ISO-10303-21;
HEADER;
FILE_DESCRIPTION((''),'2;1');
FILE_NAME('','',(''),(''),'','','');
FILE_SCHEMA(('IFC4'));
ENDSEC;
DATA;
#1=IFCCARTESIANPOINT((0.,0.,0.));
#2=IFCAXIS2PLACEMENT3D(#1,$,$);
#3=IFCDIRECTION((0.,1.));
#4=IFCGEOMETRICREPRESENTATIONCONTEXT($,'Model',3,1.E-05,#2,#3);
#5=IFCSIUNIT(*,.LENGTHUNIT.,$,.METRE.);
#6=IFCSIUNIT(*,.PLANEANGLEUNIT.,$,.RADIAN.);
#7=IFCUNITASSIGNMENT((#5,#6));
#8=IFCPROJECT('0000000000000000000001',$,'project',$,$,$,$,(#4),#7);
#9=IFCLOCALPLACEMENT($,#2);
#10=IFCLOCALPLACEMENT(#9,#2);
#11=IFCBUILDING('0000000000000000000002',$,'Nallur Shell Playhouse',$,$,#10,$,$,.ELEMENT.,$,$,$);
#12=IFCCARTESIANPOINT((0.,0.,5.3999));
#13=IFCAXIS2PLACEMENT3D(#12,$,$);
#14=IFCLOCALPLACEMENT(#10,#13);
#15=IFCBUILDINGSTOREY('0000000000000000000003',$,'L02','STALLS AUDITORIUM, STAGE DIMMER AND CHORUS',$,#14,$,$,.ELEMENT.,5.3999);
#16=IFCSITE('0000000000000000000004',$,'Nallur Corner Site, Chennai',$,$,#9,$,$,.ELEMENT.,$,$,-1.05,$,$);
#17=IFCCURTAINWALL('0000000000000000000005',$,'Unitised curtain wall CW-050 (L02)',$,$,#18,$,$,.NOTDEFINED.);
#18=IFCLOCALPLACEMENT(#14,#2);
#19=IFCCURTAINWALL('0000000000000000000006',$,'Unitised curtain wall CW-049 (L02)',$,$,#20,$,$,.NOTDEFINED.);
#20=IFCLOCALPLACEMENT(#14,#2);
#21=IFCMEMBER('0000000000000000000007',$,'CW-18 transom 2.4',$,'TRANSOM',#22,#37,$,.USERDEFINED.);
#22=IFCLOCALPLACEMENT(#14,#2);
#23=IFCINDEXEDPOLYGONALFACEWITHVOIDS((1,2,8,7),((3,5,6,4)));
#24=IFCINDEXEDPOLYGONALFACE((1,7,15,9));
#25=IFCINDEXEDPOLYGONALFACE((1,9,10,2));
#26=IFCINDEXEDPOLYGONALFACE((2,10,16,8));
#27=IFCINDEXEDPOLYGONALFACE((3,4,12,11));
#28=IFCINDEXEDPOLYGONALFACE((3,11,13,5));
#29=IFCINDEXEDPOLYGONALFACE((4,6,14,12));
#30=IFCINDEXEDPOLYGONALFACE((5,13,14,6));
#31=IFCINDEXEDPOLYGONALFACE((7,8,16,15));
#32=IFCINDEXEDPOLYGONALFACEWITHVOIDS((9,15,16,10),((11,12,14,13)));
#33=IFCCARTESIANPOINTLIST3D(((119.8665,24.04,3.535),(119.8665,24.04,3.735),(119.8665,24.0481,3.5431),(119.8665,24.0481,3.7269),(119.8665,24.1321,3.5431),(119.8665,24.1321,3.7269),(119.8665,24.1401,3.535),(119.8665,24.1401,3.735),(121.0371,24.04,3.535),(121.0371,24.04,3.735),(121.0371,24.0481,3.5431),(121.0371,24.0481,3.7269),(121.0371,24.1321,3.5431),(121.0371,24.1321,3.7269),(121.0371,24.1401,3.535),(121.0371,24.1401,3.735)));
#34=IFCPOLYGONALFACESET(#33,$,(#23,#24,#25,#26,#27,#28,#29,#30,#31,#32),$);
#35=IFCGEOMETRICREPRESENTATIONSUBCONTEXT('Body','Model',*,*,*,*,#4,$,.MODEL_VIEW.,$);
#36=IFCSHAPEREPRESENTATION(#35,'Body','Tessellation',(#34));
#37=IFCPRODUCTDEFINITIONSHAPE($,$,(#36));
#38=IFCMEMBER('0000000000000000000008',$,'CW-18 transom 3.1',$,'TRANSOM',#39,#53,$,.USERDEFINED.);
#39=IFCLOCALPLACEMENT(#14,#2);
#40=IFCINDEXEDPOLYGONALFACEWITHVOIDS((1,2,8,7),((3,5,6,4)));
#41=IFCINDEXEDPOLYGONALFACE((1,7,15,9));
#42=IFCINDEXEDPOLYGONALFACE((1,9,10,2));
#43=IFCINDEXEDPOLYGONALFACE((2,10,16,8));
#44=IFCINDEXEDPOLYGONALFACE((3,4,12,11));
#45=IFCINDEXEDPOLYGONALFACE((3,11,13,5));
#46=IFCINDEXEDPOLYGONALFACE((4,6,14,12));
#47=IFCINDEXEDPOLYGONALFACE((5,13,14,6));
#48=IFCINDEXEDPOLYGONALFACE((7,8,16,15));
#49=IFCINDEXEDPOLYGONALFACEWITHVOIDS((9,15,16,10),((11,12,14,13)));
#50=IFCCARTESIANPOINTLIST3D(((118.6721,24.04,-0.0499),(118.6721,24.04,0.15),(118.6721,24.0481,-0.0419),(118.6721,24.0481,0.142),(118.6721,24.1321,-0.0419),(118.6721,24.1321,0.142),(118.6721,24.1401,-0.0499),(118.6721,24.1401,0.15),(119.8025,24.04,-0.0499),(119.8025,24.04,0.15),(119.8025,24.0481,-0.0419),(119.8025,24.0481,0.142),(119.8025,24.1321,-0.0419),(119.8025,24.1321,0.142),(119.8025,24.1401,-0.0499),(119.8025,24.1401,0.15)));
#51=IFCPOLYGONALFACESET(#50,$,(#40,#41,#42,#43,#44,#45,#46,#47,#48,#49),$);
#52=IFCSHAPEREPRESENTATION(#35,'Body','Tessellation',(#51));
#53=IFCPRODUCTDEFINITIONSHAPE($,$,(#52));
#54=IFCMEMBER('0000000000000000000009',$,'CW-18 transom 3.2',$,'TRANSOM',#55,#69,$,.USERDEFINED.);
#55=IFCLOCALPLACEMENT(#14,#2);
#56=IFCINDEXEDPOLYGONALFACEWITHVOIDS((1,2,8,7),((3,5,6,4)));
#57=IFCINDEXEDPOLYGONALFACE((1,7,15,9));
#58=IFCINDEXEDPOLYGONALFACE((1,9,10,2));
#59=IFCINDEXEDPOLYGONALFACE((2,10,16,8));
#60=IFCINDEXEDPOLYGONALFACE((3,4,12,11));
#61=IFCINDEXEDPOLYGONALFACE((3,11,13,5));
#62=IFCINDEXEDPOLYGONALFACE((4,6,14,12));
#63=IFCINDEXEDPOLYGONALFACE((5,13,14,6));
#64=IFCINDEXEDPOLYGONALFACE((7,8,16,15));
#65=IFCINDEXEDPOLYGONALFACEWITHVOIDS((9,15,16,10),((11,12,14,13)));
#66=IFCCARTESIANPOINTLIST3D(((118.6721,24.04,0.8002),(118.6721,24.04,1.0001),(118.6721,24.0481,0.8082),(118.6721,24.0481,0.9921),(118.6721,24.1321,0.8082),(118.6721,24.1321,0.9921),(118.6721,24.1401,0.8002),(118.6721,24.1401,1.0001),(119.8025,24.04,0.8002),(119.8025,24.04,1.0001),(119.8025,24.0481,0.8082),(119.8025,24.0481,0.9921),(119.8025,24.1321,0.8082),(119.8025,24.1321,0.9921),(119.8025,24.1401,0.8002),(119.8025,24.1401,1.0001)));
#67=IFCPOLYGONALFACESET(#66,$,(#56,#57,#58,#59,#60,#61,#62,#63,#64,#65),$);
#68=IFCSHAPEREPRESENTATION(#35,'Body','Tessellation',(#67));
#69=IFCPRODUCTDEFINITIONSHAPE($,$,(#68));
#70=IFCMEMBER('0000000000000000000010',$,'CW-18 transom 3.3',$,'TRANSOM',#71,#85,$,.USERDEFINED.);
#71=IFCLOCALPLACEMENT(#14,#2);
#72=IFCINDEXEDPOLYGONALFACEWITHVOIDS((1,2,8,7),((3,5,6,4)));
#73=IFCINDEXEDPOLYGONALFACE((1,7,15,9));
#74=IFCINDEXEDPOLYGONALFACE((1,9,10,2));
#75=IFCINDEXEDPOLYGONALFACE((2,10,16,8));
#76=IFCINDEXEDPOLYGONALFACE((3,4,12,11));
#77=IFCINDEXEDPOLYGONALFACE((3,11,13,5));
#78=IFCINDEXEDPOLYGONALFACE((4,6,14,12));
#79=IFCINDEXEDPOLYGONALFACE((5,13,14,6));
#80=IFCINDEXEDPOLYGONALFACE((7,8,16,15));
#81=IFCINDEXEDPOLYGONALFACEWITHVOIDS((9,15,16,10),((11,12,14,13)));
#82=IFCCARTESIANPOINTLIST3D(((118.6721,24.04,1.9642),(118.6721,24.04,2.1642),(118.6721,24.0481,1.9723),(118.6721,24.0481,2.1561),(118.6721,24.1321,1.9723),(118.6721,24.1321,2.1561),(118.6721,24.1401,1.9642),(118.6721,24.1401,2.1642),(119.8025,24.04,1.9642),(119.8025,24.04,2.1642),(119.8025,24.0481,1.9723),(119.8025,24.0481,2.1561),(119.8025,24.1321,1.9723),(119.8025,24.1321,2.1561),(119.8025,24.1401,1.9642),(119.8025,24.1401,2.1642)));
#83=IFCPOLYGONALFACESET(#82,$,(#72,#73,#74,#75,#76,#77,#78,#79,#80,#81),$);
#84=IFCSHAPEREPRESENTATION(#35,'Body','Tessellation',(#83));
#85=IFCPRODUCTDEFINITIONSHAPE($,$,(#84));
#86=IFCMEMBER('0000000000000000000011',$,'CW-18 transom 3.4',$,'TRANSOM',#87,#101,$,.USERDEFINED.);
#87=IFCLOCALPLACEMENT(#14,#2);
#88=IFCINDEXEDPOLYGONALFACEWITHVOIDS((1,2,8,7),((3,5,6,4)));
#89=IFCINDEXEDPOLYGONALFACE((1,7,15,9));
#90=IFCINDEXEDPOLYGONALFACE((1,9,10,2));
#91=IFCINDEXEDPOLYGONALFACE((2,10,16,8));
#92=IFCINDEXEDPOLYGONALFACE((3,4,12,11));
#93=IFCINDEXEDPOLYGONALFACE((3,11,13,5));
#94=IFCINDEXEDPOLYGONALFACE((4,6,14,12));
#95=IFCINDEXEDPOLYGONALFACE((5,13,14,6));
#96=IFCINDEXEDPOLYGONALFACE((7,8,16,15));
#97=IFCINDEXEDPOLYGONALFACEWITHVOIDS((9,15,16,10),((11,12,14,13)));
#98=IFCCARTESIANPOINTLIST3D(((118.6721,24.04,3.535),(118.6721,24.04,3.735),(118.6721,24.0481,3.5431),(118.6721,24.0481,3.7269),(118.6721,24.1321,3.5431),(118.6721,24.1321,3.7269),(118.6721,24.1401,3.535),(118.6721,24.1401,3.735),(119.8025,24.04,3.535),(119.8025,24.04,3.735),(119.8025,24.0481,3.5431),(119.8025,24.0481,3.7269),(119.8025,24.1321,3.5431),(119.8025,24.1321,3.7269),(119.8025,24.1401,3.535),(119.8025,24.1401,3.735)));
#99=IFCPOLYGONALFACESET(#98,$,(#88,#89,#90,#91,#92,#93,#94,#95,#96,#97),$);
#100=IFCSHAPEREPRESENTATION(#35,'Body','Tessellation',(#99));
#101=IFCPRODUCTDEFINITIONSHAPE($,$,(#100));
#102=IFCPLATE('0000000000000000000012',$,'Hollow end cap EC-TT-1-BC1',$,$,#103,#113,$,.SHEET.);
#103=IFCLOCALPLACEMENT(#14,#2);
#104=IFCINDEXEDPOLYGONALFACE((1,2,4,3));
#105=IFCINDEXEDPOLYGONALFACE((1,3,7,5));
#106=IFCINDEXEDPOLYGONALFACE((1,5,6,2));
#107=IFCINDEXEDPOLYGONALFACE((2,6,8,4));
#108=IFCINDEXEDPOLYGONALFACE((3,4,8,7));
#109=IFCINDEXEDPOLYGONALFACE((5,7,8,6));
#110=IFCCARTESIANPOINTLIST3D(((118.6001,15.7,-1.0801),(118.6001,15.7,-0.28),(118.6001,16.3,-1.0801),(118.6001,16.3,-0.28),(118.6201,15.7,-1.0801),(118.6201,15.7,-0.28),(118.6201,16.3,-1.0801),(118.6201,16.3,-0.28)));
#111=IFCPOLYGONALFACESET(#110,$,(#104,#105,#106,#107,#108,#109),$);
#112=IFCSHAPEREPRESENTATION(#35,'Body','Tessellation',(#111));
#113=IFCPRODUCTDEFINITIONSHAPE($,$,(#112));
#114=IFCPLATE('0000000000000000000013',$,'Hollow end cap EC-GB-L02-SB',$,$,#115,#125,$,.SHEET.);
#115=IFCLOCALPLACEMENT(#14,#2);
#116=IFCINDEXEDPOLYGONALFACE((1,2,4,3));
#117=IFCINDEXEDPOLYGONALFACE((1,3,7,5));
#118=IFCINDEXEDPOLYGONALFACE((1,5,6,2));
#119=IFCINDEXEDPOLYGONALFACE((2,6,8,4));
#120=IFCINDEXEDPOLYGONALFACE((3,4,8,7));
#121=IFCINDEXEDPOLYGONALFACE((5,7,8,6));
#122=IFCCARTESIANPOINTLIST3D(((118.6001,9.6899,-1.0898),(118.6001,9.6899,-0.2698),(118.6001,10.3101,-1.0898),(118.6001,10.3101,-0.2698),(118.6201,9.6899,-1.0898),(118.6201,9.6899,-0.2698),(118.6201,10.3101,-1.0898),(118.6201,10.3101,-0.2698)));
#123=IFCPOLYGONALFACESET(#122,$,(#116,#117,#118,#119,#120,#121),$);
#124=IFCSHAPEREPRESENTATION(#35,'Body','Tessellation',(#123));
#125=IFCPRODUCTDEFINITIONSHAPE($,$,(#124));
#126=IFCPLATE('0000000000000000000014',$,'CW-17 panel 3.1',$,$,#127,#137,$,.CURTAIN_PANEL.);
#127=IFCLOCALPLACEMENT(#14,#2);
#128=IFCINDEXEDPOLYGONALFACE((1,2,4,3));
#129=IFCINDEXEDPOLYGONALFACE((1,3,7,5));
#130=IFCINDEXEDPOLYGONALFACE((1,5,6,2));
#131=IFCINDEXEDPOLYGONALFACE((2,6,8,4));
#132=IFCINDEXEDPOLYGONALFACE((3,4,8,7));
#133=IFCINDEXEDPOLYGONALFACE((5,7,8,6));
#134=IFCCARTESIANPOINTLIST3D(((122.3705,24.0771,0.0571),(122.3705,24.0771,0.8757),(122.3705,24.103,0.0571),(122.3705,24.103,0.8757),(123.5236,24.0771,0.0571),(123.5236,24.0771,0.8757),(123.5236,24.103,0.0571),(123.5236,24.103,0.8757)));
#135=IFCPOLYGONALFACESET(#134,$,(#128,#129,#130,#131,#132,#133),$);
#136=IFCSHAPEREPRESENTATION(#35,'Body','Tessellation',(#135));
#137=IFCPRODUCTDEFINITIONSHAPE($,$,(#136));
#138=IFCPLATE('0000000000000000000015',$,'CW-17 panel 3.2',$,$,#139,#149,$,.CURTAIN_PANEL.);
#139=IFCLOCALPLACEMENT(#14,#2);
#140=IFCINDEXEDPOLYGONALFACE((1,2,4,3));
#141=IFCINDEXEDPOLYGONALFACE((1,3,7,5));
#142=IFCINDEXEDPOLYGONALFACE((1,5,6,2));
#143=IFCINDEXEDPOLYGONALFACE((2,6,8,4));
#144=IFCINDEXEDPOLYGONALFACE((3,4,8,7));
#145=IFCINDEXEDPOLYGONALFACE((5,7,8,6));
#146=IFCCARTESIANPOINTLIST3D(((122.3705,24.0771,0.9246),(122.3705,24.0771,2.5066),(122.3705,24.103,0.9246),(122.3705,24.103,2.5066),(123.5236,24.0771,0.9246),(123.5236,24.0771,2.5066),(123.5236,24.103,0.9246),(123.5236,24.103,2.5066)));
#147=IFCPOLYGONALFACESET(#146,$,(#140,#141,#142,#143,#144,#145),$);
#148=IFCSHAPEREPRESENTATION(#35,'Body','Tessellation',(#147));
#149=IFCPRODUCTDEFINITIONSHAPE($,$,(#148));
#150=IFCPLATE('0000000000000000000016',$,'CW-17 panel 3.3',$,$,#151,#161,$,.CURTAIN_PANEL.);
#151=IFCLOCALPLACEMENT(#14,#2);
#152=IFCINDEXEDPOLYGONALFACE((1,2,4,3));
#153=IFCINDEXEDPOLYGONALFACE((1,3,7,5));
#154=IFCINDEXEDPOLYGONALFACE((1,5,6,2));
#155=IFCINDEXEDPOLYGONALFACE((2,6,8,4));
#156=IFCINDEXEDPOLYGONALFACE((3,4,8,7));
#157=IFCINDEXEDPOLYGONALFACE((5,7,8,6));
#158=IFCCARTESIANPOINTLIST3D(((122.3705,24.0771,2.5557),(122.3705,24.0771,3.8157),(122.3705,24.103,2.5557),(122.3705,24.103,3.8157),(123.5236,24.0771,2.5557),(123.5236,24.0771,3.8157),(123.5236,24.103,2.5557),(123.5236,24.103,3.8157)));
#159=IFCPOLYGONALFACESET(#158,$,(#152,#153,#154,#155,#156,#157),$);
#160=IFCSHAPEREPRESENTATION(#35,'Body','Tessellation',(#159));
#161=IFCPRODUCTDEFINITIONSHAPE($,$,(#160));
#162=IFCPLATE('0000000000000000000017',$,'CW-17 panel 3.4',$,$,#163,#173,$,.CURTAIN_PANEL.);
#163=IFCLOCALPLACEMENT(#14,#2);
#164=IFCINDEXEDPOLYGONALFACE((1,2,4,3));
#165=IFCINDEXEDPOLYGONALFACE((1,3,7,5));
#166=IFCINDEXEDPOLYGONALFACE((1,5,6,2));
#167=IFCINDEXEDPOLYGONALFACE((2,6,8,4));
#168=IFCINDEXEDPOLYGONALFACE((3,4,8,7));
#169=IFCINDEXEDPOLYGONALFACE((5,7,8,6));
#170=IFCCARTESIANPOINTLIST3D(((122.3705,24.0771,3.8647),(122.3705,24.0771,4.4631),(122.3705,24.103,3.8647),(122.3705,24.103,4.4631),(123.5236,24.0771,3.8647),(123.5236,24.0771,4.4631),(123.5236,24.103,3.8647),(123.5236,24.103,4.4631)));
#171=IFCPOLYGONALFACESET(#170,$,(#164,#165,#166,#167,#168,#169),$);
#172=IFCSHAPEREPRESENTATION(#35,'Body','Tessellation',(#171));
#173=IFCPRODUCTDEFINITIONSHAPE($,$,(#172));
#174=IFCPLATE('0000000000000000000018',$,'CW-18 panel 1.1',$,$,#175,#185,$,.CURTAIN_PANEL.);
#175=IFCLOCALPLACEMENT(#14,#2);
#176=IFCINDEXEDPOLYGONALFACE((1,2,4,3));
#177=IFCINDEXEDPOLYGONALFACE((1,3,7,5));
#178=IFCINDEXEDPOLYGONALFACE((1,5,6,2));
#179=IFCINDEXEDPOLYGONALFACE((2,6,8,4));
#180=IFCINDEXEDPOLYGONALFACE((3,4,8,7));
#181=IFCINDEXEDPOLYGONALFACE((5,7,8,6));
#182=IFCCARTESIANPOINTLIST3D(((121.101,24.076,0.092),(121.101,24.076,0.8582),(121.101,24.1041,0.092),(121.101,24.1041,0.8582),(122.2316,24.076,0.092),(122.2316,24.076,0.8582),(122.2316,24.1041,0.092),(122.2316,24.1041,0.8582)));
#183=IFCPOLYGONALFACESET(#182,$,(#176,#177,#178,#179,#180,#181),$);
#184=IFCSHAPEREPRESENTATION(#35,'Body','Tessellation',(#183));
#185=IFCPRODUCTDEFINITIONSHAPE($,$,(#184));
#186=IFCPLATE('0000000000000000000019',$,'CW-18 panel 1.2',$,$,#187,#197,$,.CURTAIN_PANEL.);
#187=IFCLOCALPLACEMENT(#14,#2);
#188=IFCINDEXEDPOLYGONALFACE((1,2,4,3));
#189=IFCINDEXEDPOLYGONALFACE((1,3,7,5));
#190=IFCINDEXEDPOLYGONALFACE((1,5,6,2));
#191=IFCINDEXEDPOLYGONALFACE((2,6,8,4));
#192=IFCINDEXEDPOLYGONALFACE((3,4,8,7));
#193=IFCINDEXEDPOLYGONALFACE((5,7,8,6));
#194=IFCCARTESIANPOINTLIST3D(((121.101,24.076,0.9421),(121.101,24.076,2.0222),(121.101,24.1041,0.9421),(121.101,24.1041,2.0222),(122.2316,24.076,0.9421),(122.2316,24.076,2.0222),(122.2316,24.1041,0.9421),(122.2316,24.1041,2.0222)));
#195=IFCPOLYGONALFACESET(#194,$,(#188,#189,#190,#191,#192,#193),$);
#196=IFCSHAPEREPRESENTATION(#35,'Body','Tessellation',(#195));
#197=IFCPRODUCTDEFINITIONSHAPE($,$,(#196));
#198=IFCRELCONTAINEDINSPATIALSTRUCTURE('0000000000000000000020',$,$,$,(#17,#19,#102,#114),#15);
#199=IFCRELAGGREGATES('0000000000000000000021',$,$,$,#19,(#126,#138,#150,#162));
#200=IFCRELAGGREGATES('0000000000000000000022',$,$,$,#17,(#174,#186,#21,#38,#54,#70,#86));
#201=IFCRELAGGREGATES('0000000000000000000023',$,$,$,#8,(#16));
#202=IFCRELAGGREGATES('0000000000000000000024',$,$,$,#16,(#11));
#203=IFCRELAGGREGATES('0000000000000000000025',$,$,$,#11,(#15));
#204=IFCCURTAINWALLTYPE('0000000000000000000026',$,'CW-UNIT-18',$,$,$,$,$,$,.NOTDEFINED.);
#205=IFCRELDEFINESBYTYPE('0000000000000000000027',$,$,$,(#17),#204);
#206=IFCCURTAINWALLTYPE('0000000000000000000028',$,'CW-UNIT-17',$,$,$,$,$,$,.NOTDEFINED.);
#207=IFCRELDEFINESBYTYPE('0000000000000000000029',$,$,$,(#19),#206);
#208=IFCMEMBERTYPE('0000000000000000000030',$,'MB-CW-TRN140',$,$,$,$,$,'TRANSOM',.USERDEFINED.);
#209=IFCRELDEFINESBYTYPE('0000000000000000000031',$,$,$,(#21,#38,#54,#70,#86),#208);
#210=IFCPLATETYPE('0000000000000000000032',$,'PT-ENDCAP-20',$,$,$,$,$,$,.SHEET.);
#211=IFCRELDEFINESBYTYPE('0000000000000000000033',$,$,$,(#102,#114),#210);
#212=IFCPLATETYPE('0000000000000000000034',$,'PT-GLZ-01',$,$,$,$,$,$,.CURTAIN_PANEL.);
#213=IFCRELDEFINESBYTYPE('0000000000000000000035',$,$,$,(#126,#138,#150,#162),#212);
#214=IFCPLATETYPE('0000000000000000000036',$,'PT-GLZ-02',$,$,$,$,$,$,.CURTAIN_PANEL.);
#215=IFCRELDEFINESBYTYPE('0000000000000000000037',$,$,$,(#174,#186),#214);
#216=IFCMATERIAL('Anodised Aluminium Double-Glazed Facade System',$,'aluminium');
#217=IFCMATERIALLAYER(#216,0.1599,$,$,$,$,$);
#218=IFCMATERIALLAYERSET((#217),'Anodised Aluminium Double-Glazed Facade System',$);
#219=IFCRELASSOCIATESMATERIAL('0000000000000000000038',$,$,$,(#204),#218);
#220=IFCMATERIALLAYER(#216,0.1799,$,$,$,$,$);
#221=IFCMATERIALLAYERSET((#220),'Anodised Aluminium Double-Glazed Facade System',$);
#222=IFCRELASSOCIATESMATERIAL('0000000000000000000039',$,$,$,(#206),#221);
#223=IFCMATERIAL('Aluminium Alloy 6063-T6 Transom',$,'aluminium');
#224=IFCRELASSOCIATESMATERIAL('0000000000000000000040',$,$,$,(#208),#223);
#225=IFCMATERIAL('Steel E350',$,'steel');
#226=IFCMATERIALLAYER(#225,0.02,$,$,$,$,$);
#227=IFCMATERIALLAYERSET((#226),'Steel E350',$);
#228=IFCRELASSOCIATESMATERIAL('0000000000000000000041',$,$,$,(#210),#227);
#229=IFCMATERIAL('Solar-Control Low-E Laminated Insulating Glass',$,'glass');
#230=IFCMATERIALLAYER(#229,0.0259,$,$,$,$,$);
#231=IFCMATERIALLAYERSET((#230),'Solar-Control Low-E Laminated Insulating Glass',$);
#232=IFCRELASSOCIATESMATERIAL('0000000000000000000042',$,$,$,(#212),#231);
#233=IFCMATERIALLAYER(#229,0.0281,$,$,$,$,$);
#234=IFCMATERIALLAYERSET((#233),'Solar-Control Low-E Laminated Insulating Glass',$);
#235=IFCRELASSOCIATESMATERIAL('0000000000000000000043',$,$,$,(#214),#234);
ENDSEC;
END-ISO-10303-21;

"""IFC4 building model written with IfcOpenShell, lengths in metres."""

from ifc_helpers import new_model, si_unit, direction, frame, origin, origin_2d, place, context, subcontext, project, spatial, rectangle, hollow_rectangle, extrude, material, layer, layer_set, material_profile, profile_set, type_object, element, aggregate, save


model = new_model("IFC4")

# Units and contexts
model_context = context("Model", 3, precision=1e-05, world=origin(), true_north=direction((0.0, 1.0)))
body_context = subcontext(model_context, "Body", "Model", "MODEL_VIEW")
ifc_project = project(units=[si_unit("LENGTHUNIT", "METRE"), si_unit("PLANEANGLEUNIT", "RADIAN")], contexts=[model_context])

# Site, building, storey
site_placement = place(None, origin())
site = spatial("IfcSite", under=ifc_project, at=site_placement, Name="Nallur Corner Site, Chennai", CompositionType="ELEMENT", RefElevation=-1.05)
building_placement = place(site_placement, origin())
building = spatial("IfcBuilding", under=site, at=building_placement, Name="Nallur Shell Playhouse", CompositionType="ELEMENT")
storey_placement = place(building_placement, frame((0.0, 0.0, 5.3999)))
storey = spatial("IfcBuildingStorey", under=building, at=storey_placement, Name="L02", Description="STALLS AUDITORIUM, STAGE DIMMER AND CHORUS", CompositionType="ELEMENT", Elevation=5.3999)

# Shared definitions
ifc_material_1 = material(Name="Steel E350", Category="steel")

# Curtain walls
ifc_material_2 = material(Name="Anodised Aluminium Double-Glazed Facade System", Category="aluminium")
ifc_layer_1 = layer(ifc_material_2, 0.1599)
ifc_layer_set_1 = layer_set([ifc_layer_1], Name="Anodised Aluminium Double-Glazed Facade System")
curtain_wall_type_1 = type_object("IfcCurtainWallType", Name="CW-UNIT-18", PredefinedType="NOTDEFINED", material=ifc_layer_set_1)
curtain_wall_1_placement = place(storey_placement, origin())
curtain_wall_1 = element("IfcCurtainWall", 1, at=curtain_wall_1_placement, inside=storey, type_object=curtain_wall_type_1, Name="Unitised curtain wall CW-050 (L02)", PredefinedType="NOTDEFINED")
ifc_layer_2 = layer(ifc_material_2, 0.1799)
ifc_layer_set_2 = layer_set([ifc_layer_2], Name="Anodised Aluminium Double-Glazed Facade System")
curtain_wall_type_2 = type_object("IfcCurtainWallType", Name="CW-UNIT-17", PredefinedType="NOTDEFINED", material=ifc_layer_set_2)
curtain_wall_2_placement = place(storey_placement, origin())
curtain_wall_2 = element("IfcCurtainWall", 2, at=curtain_wall_2_placement, inside=storey, type_object=curtain_wall_type_2, Name="Unitised curtain wall CW-049 (L02)", PredefinedType="NOTDEFINED")
ifc_material_3 = material(Name="Aluminium Alloy 6063-T6 Transom", Category="aluminium")

# Members
ifc_material_profile_1 = material_profile(ifc_material_3, hollow_rectangle(XDim=0.1001, YDim=0.2, WallThickness=0.0081, at=origin_2d()), Name="RHS 200x100x8")
ifc_profile_set_1 = profile_set([ifc_material_profile_1], Name="Aluminium Alloy 6063-T6 Transom")
member_type_1 = type_object("IfcMemberType", Name="MB-CW-TRN140", ElementType="TRANSOM", PredefinedType="USERDEFINED", material=ifc_profile_set_1)
member_1_placement = place(storey_placement, frame((121.0371, 24.0901, 3.635), z_axis=(-1.0, 0.0, 0.0), x_axis=(0.0, -1.0, 0.0)))
member_1 = element("IfcMember", 3, at=member_1_placement, type_object=member_type_1, Name="CW-18 transom 2.4", ObjectType="TRANSOM", PredefinedType="USERDEFINED", context=body_context, shape_type="SweptSolid", body=[
    extrude(hollow_rectangle(XDim=0.1001, YDim=0.2, WallThickness=0.0081, at=origin_2d()), origin(), (0.0, 0.0, 1.0), 1.1707),
])
member_2_placement = place(storey_placement, frame((119.8025, 24.0901, 0.05), z_axis=(-1.0, 0.0, 0.0), x_axis=(0.0, -1.0, 0.0)))
member_2 = element("IfcMember", 4, at=member_2_placement, type_object=member_type_1, Name="CW-18 transom 3.1", ObjectType="TRANSOM", PredefinedType="USERDEFINED", context=body_context, shape_type="SweptSolid", body=[
    extrude(hollow_rectangle(XDim=0.1001, YDim=0.2, WallThickness=0.0081, at=origin_2d()), origin(), (0.0, 0.0, 1.0), 1.1304),
])
member_3_placement = place(storey_placement, frame((119.8025, 24.0901, 0.9001), z_axis=(-1.0, 0.0, 0.0), x_axis=(0.0, -1.0, 0.0)))
member_3 = element("IfcMember", 5, at=member_3_placement, type_object=member_type_1, Name="CW-18 transom 3.2", ObjectType="TRANSOM", PredefinedType="USERDEFINED", context=body_context, shape_type="SweptSolid", body=[
    extrude(hollow_rectangle(XDim=0.1001, YDim=0.2, WallThickness=0.0081, at=origin_2d()), origin(), (0.0, 0.0, 1.0), 1.1304),
])
member_4_placement = place(storey_placement, frame((119.8025, 24.0901, 2.0642), z_axis=(-1.0, 0.0, 0.0), x_axis=(0.0, -1.0, 0.0)))
member_4 = element("IfcMember", 6, at=member_4_placement, type_object=member_type_1, Name="CW-18 transom 3.3", ObjectType="TRANSOM", PredefinedType="USERDEFINED", context=body_context, shape_type="SweptSolid", body=[
    extrude(hollow_rectangle(XDim=0.1001, YDim=0.2, WallThickness=0.0081, at=origin_2d()), origin(), (0.0, 0.0, 1.0), 1.1304),
])
member_5_placement = place(storey_placement, frame((119.8025, 24.0901, 3.635), z_axis=(-1.0, 0.0, 0.0), x_axis=(0.0, -1.0, 0.0)))
member_5 = element("IfcMember", 7, at=member_5_placement, type_object=member_type_1, Name="CW-18 transom 3.4", ObjectType="TRANSOM", PredefinedType="USERDEFINED", context=body_context, shape_type="SweptSolid", body=[
    extrude(hollow_rectangle(XDim=0.1001, YDim=0.2, WallThickness=0.0081, at=origin_2d()), origin(), (0.0, 0.0, 1.0), 1.1304),
])

# Plates
ifc_layer_3 = layer(ifc_material_1, 0.02)
ifc_layer_set_3 = layer_set([ifc_layer_3], Name="Steel E350")
plate_type_1 = type_object("IfcPlateType", Name="PT-ENDCAP-20", PredefinedType="SHEET", material=ifc_layer_set_3)
plate_1_placement = place(storey_placement, frame((118.6101, 16.0, -1.0801), z_axis=(0.0, 0.0, 1.0), x_axis=(1.0, 0.0, 0.0)))
element("IfcPlate", 8, at=plate_1_placement, inside=storey, type_object=plate_type_1, Name="Hollow end cap EC-TT-1-BC1", PredefinedType="SHEET", context=body_context, shape_type="SweptSolid", body=[
    extrude(rectangle(XDim=0.02, YDim=0.6001, at=origin_2d()), origin(), (0.0, 0.0, 1.0), 0.8),
])
plate_2_placement = place(storey_placement, frame((118.6101, 10.0, -1.0898), z_axis=(0.0, 0.0, 1.0), x_axis=(1.0, 0.0, 0.0)))
element("IfcPlate", 9, at=plate_2_placement, inside=storey, type_object=plate_type_1, Name="Hollow end cap EC-GB-L02-SB", PredefinedType="SHEET", context=body_context, shape_type="SweptSolid", body=[
    extrude(rectangle(XDim=0.02, YDim=0.6201, at=origin_2d()), origin(), (0.0, 0.0, 1.0), 0.8201),
])

# Plates
ifc_material_4 = material(Name="Solar-Control Low-E Laminated Insulating Glass", Category="glass")
ifc_layer_4 = layer(ifc_material_4, 0.0259)
ifc_layer_set_4 = layer_set([ifc_layer_4], Name="Solar-Control Low-E Laminated Insulating Glass")
plate_type_2 = type_object("IfcPlateType", Name="PT-GLZ-01", PredefinedType="CURTAIN_PANEL", material=ifc_layer_set_4)
plate_3_placement = place(storey_placement, frame((122.947, 24.0901, 0.0571), z_axis=(0.0, 0.0, 1.0), x_axis=(-1.0, 0.0, 0.0)))
plate_3 = element("IfcPlate", 10, at=plate_3_placement, type_object=plate_type_2, Name="CW-17 panel 3.1", PredefinedType="CURTAIN_PANEL", context=body_context, shape_type="SweptSolid", body=[
    extrude(rectangle(XDim=1.1531, YDim=0.0259, at=origin_2d()), origin(), (0.0, 0.0, 1.0), 0.8186),
])
plate_4_placement = place(storey_placement, frame((122.947, 24.0901, 0.9246), z_axis=(0.0, 0.0, 1.0), x_axis=(-1.0, 0.0, 0.0)))
plate_4 = element("IfcPlate", 11, at=plate_4_placement, type_object=plate_type_2, Name="CW-17 panel 3.2", PredefinedType="CURTAIN_PANEL", context=body_context, shape_type="SweptSolid", body=[
    extrude(rectangle(XDim=1.1531, YDim=0.0259, at=origin_2d()), origin(), (0.0, 0.0, 1.0), 1.582),
])
plate_5_placement = place(storey_placement, frame((122.947, 24.0901, 2.5557), z_axis=(0.0, 0.0, 1.0), x_axis=(-1.0, 0.0, 0.0)))
plate_5 = element("IfcPlate", 12, at=plate_5_placement, type_object=plate_type_2, Name="CW-17 panel 3.3", PredefinedType="CURTAIN_PANEL", context=body_context, shape_type="SweptSolid", body=[
    extrude(rectangle(XDim=1.1531, YDim=0.0259, at=origin_2d()), origin(), (0.0, 0.0, 1.0), 1.26),
])
plate_6_placement = place(storey_placement, frame((122.947, 24.0901, 3.8647), z_axis=(0.0, 0.0, 1.0), x_axis=(-1.0, 0.0, 0.0)))
plate_6 = element("IfcPlate", 13, at=plate_6_placement, type_object=plate_type_2, Name="CW-17 panel 3.4", PredefinedType="CURTAIN_PANEL", context=body_context, shape_type="SweptSolid", body=[
    extrude(rectangle(XDim=1.1531, YDim=0.0259, at=origin_2d()), origin(), (0.0, 0.0, 1.0), 0.5984),
])
aggregate(curtain_wall_2, [plate_3, plate_4, plate_5, plate_6])
ifc_layer_5 = layer(ifc_material_4, 0.0281)
ifc_layer_set_5 = layer_set([ifc_layer_5], Name="Solar-Control Low-E Laminated Insulating Glass")
plate_type_3 = type_object("IfcPlateType", Name="PT-GLZ-02", PredefinedType="CURTAIN_PANEL", material=ifc_layer_set_5)
plate_7_placement = place(storey_placement, frame((121.6663, 24.0901, 0.092), z_axis=(0.0, 0.0, 1.0), x_axis=(-1.0, 0.0, 0.0)))
plate_7 = element("IfcPlate", 14, at=plate_7_placement, type_object=plate_type_3, Name="CW-18 panel 1.1", PredefinedType="CURTAIN_PANEL", context=body_context, shape_type="SweptSolid", body=[
    extrude(rectangle(XDim=1.1306, YDim=0.0281, at=origin_2d()), origin(), (0.0, 0.0, 1.0), 0.7661),
])
plate_8_placement = place(storey_placement, frame((121.6663, 24.0901, 0.9421), z_axis=(0.0, 0.0, 1.0), x_axis=(-1.0, 0.0, 0.0)))
plate_8 = element("IfcPlate", 15, at=plate_8_placement, type_object=plate_type_3, Name="CW-18 panel 1.2", PredefinedType="CURTAIN_PANEL", context=body_context, shape_type="SweptSolid", body=[
    extrude(rectangle(XDim=1.1306, YDim=0.0281, at=origin_2d()), origin(), (0.0, 0.0, 1.0), 1.0801),
])
aggregate(curtain_wall_1, [plate_7, plate_8, member_1, member_2, member_3, member_4, member_5])

save(model, "model.ifc")
